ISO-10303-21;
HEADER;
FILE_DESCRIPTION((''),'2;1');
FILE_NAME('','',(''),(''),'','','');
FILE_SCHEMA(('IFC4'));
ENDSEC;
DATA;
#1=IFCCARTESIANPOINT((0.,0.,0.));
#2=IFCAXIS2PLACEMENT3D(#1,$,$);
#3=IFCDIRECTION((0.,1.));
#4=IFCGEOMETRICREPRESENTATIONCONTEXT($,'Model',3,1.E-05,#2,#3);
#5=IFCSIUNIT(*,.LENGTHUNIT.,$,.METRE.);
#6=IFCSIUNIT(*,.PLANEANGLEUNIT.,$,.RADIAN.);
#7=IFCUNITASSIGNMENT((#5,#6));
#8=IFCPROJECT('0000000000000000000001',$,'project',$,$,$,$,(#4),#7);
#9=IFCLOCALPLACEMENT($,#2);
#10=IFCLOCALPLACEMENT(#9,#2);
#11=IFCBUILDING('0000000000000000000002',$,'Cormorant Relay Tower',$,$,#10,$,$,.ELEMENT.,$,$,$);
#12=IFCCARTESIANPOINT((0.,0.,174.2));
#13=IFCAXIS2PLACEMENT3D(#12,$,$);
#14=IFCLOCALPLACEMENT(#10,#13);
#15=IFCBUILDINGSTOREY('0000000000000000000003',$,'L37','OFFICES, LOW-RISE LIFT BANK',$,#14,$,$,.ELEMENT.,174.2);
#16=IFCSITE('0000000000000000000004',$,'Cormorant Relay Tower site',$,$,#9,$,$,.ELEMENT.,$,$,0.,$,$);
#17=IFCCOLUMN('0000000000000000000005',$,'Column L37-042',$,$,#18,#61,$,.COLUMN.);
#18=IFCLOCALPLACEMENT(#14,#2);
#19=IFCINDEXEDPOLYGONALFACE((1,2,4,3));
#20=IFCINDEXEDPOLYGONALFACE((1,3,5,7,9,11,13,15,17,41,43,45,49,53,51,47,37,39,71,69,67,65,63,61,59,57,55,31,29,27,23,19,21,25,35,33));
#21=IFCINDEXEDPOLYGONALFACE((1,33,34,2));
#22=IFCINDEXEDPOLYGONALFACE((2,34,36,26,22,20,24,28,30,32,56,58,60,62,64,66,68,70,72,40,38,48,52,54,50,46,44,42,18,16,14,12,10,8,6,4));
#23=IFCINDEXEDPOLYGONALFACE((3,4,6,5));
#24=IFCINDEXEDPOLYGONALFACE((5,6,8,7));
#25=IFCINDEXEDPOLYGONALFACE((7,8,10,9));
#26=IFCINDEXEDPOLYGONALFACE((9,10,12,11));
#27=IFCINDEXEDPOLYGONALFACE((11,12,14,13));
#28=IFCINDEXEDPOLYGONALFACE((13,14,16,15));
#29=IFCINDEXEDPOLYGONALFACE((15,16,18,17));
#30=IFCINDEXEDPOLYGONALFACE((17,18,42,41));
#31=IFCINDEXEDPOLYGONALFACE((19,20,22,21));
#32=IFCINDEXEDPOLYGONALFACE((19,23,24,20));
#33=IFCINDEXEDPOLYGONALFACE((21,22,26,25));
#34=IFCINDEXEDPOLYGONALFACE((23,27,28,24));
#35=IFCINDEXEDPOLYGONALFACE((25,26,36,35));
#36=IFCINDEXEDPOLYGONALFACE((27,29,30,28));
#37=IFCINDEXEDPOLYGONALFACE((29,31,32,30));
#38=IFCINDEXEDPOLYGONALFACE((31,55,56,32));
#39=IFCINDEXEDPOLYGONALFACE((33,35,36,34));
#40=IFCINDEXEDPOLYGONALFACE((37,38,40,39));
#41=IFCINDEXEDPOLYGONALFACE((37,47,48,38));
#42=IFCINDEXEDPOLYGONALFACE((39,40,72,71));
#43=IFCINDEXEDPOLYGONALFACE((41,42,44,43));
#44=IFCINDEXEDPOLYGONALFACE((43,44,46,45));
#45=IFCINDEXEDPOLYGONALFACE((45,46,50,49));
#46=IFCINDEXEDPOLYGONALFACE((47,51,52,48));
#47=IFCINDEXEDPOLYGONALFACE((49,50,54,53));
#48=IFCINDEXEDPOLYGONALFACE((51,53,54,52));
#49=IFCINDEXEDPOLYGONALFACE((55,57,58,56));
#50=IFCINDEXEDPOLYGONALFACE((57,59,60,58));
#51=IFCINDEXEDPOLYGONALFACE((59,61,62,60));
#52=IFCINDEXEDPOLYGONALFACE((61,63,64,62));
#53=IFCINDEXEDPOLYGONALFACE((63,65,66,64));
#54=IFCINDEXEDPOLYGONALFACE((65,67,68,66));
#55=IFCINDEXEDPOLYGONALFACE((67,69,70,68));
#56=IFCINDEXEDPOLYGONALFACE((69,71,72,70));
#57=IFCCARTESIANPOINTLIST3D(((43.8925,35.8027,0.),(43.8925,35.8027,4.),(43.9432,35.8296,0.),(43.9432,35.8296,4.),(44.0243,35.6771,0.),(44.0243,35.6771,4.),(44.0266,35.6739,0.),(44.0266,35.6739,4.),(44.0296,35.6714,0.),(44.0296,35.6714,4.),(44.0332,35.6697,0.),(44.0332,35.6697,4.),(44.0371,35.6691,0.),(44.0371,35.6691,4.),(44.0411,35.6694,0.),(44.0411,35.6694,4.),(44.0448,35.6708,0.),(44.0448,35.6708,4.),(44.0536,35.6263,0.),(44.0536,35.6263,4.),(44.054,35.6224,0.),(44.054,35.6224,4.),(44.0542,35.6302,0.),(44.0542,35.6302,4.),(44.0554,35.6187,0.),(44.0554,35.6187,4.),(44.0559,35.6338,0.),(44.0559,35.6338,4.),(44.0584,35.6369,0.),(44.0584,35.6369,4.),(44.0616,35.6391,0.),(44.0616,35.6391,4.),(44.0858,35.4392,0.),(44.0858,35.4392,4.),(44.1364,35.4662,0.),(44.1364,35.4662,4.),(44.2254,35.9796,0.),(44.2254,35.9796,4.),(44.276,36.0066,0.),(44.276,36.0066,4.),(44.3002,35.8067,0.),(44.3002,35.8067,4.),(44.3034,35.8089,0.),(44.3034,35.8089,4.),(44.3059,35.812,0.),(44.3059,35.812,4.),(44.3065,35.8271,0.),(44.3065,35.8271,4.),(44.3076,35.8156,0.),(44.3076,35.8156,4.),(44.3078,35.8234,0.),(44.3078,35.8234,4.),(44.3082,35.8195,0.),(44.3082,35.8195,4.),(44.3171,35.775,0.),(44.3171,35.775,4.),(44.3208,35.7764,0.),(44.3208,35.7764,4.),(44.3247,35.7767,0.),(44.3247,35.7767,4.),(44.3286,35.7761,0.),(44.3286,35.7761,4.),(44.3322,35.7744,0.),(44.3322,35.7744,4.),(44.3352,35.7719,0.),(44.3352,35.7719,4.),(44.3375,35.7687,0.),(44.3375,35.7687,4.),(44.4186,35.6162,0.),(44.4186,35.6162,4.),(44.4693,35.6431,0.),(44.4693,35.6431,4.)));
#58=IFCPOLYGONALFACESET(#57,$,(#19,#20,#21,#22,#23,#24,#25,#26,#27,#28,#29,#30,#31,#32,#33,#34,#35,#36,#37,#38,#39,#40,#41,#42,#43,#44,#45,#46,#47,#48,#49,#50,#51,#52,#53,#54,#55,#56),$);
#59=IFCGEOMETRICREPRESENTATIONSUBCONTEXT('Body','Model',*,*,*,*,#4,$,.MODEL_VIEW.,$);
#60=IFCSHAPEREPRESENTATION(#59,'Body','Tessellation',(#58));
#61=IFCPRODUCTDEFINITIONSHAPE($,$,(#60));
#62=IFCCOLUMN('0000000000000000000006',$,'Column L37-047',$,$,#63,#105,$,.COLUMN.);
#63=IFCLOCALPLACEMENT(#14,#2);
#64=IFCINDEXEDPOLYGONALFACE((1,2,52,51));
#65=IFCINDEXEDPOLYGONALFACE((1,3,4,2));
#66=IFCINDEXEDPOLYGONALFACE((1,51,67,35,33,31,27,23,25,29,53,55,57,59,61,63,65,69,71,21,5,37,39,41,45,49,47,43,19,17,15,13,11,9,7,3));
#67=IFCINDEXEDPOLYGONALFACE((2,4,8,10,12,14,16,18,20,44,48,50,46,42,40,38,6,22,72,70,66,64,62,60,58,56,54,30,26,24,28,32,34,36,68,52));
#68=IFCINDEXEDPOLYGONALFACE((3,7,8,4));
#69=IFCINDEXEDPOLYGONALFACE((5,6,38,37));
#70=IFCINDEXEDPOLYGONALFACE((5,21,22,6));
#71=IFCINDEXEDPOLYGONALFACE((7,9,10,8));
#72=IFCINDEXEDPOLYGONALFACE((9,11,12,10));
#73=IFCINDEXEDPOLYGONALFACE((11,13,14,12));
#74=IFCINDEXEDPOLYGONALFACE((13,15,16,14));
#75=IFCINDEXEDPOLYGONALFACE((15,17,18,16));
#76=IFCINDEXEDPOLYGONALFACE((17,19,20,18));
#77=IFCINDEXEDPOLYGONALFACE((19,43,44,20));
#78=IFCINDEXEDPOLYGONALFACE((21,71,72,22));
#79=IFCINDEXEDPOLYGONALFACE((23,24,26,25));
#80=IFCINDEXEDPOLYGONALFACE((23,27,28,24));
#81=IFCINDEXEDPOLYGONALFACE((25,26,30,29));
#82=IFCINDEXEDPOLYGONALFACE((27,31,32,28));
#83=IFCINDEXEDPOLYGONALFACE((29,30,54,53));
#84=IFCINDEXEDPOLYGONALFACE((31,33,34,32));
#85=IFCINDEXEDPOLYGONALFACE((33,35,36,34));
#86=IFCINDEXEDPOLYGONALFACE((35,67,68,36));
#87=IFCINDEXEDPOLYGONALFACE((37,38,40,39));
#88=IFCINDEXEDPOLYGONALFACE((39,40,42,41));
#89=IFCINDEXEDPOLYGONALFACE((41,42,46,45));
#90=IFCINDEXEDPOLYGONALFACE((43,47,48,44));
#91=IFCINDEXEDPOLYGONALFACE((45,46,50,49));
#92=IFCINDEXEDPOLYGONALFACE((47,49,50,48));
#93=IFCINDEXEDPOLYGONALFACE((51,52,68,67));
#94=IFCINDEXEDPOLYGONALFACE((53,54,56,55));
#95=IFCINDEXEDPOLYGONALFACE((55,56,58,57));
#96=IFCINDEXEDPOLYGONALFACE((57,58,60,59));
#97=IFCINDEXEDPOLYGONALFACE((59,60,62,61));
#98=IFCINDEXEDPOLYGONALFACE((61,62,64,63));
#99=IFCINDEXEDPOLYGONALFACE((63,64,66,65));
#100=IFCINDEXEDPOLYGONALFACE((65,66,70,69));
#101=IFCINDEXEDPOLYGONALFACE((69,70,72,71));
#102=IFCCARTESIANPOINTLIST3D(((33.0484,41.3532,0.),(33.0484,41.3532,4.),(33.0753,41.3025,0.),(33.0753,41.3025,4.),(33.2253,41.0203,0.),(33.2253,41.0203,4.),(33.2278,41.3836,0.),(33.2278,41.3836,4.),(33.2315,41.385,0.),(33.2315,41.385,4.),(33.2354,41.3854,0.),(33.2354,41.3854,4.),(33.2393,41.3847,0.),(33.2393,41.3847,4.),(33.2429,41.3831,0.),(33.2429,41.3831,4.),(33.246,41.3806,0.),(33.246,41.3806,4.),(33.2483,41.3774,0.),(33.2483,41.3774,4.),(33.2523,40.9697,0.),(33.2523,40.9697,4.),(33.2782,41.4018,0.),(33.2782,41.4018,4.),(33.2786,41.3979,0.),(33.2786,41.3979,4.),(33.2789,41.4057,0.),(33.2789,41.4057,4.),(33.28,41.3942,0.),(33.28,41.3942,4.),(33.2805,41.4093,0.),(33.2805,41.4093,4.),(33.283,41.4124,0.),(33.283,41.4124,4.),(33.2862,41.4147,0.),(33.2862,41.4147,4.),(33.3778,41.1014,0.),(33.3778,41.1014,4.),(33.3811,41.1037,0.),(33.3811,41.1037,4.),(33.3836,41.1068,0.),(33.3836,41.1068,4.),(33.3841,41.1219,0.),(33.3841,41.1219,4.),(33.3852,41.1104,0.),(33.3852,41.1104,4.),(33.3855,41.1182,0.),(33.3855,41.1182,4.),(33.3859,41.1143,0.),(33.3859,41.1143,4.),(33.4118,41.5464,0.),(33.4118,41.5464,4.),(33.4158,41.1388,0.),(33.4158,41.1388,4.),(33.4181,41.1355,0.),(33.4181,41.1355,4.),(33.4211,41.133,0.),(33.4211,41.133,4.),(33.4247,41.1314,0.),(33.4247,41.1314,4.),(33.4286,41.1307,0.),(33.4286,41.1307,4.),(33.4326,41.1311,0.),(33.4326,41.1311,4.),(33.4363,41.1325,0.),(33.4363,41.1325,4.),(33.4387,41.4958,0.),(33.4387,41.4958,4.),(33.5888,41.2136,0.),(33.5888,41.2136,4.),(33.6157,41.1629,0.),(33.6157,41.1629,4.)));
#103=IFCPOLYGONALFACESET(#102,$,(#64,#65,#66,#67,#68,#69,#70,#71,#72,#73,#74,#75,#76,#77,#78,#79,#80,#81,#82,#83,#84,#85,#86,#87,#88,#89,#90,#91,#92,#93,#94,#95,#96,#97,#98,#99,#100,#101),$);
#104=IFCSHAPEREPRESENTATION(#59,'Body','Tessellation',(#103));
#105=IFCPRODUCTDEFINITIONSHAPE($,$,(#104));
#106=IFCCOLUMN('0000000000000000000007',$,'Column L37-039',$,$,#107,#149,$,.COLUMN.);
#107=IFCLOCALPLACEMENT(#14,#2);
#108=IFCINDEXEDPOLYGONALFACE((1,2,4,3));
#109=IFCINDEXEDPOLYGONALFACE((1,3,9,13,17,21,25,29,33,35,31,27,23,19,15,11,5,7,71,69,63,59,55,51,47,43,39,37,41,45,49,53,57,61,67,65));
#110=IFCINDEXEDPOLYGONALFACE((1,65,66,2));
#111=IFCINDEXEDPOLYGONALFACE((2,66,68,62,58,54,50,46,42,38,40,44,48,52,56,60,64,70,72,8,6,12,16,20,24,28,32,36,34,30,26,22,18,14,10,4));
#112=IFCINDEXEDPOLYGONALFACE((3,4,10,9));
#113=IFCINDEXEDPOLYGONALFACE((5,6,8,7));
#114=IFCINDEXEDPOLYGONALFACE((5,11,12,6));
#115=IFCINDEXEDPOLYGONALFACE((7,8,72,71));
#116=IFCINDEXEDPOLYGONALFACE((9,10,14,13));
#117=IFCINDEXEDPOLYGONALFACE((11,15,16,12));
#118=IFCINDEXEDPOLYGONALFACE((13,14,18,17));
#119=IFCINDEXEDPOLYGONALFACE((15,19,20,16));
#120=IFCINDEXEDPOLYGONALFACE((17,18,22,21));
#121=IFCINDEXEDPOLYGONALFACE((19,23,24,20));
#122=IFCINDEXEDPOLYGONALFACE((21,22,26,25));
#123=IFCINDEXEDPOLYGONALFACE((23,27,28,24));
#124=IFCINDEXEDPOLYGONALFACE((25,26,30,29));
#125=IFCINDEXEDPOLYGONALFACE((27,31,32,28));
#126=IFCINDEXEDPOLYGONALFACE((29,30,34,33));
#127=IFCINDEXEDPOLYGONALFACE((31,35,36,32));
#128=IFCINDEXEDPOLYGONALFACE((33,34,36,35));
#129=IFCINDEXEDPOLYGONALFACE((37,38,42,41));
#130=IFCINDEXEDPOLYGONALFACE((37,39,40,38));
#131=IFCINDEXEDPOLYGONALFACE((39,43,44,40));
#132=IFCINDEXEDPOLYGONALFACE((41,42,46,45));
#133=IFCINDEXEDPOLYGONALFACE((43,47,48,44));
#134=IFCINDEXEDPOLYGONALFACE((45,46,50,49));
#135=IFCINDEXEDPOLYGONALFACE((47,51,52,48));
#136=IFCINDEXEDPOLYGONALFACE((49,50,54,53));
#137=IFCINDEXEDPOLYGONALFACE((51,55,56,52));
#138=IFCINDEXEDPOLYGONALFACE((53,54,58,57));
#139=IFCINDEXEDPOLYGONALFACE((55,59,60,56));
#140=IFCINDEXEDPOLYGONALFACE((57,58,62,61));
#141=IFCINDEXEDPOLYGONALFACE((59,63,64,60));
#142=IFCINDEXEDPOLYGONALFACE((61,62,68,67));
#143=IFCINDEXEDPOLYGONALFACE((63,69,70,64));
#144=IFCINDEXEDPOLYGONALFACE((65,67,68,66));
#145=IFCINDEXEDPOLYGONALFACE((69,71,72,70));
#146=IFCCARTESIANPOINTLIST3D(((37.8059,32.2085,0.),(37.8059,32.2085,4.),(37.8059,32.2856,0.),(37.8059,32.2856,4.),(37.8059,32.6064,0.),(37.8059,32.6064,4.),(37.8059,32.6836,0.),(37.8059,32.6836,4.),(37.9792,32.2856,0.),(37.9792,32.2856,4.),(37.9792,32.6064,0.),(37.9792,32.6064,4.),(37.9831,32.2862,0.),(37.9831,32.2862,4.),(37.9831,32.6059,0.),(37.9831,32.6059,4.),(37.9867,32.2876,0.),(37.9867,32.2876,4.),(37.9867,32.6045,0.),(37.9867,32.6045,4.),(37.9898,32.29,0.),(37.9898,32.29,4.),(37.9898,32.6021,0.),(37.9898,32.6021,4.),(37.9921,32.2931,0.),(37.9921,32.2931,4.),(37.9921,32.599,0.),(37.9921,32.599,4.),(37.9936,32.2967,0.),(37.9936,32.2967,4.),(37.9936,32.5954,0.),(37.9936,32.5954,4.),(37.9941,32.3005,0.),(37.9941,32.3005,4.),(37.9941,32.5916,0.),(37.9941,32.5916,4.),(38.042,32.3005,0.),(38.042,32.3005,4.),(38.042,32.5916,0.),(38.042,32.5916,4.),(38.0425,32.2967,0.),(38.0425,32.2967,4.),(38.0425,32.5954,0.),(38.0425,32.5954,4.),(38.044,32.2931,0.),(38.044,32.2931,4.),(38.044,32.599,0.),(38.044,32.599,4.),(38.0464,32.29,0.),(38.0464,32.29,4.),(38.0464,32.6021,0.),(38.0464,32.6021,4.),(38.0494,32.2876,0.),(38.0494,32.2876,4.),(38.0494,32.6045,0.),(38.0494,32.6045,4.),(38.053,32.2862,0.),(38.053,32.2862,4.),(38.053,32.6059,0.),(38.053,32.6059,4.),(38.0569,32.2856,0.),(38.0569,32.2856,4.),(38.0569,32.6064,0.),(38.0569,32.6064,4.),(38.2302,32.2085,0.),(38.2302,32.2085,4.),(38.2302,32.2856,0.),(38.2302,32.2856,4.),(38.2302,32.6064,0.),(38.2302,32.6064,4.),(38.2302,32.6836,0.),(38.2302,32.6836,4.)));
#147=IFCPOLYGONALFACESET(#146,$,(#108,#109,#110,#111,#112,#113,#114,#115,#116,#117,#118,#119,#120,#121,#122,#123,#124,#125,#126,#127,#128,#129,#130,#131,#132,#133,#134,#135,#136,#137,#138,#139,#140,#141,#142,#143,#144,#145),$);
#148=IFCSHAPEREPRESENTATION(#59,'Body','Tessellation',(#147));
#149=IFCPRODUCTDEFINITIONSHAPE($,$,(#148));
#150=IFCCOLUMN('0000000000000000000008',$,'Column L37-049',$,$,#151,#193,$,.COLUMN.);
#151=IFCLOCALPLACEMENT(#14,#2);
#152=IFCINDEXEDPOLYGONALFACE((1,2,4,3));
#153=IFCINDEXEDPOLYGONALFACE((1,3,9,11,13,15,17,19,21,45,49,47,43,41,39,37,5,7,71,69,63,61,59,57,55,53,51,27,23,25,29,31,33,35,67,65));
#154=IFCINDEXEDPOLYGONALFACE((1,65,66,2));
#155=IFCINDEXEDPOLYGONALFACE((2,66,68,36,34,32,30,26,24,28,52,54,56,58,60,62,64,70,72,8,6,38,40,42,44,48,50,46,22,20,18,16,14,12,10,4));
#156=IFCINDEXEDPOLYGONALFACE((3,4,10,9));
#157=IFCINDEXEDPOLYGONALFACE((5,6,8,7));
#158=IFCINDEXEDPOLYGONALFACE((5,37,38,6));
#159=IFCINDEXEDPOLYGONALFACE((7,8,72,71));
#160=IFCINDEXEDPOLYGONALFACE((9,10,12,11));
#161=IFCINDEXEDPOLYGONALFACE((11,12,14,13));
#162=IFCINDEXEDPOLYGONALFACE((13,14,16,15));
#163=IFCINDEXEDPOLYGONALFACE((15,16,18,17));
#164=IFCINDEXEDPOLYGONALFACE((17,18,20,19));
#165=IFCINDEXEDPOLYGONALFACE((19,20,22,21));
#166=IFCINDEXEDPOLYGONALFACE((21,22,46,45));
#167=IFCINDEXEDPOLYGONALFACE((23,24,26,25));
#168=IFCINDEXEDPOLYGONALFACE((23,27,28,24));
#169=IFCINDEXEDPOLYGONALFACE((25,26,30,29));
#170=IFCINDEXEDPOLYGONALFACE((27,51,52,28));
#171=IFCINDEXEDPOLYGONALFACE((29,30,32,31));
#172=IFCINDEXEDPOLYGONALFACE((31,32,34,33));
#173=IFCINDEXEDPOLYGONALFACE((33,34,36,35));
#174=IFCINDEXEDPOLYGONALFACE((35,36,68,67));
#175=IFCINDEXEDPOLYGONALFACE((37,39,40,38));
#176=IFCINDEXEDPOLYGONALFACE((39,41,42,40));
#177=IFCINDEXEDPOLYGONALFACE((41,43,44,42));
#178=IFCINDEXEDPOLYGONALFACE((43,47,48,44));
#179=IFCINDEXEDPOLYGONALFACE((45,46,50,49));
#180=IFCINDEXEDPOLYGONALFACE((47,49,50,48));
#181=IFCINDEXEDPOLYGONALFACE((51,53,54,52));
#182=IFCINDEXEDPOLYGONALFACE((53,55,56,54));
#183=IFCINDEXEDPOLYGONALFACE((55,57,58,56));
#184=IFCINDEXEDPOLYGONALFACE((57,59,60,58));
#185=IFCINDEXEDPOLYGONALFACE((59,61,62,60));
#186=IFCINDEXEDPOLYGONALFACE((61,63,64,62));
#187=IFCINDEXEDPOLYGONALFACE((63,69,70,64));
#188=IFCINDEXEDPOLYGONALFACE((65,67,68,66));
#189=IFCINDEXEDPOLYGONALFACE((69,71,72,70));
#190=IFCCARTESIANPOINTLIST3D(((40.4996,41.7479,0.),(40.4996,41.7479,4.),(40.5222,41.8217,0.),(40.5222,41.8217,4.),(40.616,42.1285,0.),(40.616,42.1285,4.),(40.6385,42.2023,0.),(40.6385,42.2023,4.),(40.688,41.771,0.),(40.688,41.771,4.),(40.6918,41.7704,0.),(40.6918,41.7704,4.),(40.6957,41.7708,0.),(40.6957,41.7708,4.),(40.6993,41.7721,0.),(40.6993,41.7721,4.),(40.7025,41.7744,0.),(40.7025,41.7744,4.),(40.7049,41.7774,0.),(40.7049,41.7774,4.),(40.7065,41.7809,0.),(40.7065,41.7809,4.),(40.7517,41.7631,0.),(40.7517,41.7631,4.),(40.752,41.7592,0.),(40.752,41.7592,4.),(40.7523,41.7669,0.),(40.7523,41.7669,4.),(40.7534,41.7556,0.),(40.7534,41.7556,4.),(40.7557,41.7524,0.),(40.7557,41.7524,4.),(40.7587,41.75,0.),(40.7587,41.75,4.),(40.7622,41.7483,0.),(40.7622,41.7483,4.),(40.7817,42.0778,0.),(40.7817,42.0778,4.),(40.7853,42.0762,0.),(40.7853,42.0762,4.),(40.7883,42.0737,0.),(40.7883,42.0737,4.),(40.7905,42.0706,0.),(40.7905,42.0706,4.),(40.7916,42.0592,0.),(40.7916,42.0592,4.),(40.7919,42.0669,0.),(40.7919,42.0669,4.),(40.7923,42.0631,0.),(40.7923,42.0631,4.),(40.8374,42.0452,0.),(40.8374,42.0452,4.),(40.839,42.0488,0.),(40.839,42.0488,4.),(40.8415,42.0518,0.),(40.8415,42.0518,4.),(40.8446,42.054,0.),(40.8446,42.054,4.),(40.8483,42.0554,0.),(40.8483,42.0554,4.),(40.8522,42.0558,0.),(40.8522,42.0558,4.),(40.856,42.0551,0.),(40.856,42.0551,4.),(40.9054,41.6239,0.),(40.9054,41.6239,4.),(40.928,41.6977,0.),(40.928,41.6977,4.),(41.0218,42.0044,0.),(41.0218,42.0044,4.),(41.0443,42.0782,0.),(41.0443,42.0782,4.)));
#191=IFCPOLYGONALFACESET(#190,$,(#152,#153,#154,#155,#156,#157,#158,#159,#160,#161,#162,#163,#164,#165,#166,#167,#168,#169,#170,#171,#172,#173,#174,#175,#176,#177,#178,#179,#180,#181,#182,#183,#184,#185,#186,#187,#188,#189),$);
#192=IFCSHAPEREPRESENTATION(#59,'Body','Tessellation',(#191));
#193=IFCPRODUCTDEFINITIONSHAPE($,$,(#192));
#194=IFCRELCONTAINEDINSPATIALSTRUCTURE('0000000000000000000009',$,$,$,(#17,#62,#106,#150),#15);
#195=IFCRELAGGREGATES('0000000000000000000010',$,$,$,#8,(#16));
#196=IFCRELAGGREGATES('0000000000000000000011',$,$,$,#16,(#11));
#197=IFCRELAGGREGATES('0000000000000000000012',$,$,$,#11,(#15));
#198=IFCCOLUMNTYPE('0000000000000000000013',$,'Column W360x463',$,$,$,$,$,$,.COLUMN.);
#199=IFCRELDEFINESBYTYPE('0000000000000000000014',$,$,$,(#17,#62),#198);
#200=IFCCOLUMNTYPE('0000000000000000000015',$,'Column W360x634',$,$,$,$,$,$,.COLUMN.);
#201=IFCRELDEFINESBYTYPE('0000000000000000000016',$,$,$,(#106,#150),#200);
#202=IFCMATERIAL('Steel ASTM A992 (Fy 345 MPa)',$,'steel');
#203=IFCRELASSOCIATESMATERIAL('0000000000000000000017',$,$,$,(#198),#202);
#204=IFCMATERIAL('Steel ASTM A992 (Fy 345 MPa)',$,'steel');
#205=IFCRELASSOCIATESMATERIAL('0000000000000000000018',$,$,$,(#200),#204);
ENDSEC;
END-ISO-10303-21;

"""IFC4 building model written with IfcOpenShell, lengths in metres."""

from ifc_helpers import new_model, si_unit, direction, frame, origin, origin_2d, place, context, subcontext, project, spatial, i_section, extrude, material, material_profile, profile_set, type_object, element, save


model = new_model("IFC4")

# Units and contexts
model_context = context("Model", 3, precision=1e-05, world=origin(), true_north=direction((0.0, 1.0)))
body_context = subcontext(model_context, "Body", "Model", "MODEL_VIEW")
ifc_project = project(units=[si_unit("LENGTHUNIT", "METRE"), si_unit("PLANEANGLEUNIT", "RADIAN")], contexts=[model_context])

# Site, building, storey
site_placement = place(None, origin())
site = spatial("IfcSite", under=ifc_project, at=site_placement, Name="Cormorant Relay Tower site", CompositionType="ELEMENT", RefElevation=0.0)
building_placement = place(site_placement, origin())
building = spatial("IfcBuilding", under=site, at=building_placement, Name="Cormorant Relay Tower", CompositionType="ELEMENT")
storey_placement = place(building_placement, frame((0.0, 0.0, 174.2)))
storey = spatial("IfcBuildingStorey", under=building, at=storey_placement, Name="L37", Description="OFFICES, LOW-RISE LIFT BANK", CompositionType="ELEMENT", Elevation=174.2)

# Columns
ifc_material_1 = material(Name="Steel ASTM A992 (Fy 345 MPa)", Category="steel")
ifc_material_profile_1 = material_profile(ifc_material_1, i_section(OverallWidth=0.4116, OverallDepth=0.4343, WebThickness=0.0359, FlangeThickness=0.0574, FilletRadius=0.0151, at=origin_2d()), Name="W360x463")
ifc_profile_set_1 = profile_set([ifc_material_profile_1], Name="Steel ASTM A992 (Fy 345 MPa)")
column_type_1 = type_object("IfcColumnType", Name="Column W360x463", PredefinedType="COLUMN", material=ifc_profile_set_1)
for number, where, z_axis, x_axis, name in (
    (1, (44.1809, 35.7229, 0.0), (0.0, 0.0, 1.0), (-0.469472, 0.882948, 0.0), "Column L37-042"),
    (2, (33.332, 41.2581, 0.0), (0.0, 0.0, 1.0), (-0.882948, -0.469472, 0.0), "Column L37-047"),
):
    element("IfcColumn", number, at=place(storey_placement, frame(where, z_axis=z_axis, x_axis=x_axis)), inside=storey, type_object=column_type_1, Name=name, PredefinedType="COLUMN", context=body_context, shape_type="SweptSolid", body=[
        extrude(i_section(OverallWidth=0.4116, OverallDepth=0.4343, WebThickness=0.0359, FlangeThickness=0.0574, FilletRadius=0.0151, at=origin_2d()), origin(), (0.0, 0.0, 1.0), 4.0),
    ])
ifc_material_2 = material(Name="Steel ASTM A992 (Fy 345 MPa)", Category="steel")
ifc_material_profile_2 = material_profile(ifc_material_2, i_section(OverallWidth=0.4243, OverallDepth=0.4751, WebThickness=0.0479, FlangeThickness=0.0771, FilletRadius=0.0149, at=origin_2d()), Name="W360x634")
ifc_profile_set_2 = profile_set([ifc_material_profile_2], Name="Steel ASTM A992 (Fy 345 MPa)")
column_type_2 = type_object("IfcColumnType", Name="Column W360x634", PredefinedType="COLUMN", material=ifc_profile_set_2)
for number, where, z_axis, x_axis, name in (
    (3, (38.0181, 32.446, 0.0), (0.0, 0.0, 1.0), (1.0, 0.0, 0.0), "Column L37-039"),
    (4, (40.772, 41.9131, 0.0), (0.0, 0.0, 1.0), (-0.956305, 0.292372, 0.0), "Column L37-049"),
):
    element("IfcColumn", number, at=place(storey_placement, frame(where, z_axis=z_axis, x_axis=x_axis)), inside=storey, type_object=column_type_2, Name=name, PredefinedType="COLUMN", context=body_context, shape_type="SweptSolid", body=[
        extrude(i_section(OverallWidth=0.4243, OverallDepth=0.4751, WebThickness=0.0479, FlangeThickness=0.0771, FilletRadius=0.0149, at=origin_2d()), origin(), (0.0, 0.0, 1.0), 4.0),
    ])

save(model, "model.ifc")
